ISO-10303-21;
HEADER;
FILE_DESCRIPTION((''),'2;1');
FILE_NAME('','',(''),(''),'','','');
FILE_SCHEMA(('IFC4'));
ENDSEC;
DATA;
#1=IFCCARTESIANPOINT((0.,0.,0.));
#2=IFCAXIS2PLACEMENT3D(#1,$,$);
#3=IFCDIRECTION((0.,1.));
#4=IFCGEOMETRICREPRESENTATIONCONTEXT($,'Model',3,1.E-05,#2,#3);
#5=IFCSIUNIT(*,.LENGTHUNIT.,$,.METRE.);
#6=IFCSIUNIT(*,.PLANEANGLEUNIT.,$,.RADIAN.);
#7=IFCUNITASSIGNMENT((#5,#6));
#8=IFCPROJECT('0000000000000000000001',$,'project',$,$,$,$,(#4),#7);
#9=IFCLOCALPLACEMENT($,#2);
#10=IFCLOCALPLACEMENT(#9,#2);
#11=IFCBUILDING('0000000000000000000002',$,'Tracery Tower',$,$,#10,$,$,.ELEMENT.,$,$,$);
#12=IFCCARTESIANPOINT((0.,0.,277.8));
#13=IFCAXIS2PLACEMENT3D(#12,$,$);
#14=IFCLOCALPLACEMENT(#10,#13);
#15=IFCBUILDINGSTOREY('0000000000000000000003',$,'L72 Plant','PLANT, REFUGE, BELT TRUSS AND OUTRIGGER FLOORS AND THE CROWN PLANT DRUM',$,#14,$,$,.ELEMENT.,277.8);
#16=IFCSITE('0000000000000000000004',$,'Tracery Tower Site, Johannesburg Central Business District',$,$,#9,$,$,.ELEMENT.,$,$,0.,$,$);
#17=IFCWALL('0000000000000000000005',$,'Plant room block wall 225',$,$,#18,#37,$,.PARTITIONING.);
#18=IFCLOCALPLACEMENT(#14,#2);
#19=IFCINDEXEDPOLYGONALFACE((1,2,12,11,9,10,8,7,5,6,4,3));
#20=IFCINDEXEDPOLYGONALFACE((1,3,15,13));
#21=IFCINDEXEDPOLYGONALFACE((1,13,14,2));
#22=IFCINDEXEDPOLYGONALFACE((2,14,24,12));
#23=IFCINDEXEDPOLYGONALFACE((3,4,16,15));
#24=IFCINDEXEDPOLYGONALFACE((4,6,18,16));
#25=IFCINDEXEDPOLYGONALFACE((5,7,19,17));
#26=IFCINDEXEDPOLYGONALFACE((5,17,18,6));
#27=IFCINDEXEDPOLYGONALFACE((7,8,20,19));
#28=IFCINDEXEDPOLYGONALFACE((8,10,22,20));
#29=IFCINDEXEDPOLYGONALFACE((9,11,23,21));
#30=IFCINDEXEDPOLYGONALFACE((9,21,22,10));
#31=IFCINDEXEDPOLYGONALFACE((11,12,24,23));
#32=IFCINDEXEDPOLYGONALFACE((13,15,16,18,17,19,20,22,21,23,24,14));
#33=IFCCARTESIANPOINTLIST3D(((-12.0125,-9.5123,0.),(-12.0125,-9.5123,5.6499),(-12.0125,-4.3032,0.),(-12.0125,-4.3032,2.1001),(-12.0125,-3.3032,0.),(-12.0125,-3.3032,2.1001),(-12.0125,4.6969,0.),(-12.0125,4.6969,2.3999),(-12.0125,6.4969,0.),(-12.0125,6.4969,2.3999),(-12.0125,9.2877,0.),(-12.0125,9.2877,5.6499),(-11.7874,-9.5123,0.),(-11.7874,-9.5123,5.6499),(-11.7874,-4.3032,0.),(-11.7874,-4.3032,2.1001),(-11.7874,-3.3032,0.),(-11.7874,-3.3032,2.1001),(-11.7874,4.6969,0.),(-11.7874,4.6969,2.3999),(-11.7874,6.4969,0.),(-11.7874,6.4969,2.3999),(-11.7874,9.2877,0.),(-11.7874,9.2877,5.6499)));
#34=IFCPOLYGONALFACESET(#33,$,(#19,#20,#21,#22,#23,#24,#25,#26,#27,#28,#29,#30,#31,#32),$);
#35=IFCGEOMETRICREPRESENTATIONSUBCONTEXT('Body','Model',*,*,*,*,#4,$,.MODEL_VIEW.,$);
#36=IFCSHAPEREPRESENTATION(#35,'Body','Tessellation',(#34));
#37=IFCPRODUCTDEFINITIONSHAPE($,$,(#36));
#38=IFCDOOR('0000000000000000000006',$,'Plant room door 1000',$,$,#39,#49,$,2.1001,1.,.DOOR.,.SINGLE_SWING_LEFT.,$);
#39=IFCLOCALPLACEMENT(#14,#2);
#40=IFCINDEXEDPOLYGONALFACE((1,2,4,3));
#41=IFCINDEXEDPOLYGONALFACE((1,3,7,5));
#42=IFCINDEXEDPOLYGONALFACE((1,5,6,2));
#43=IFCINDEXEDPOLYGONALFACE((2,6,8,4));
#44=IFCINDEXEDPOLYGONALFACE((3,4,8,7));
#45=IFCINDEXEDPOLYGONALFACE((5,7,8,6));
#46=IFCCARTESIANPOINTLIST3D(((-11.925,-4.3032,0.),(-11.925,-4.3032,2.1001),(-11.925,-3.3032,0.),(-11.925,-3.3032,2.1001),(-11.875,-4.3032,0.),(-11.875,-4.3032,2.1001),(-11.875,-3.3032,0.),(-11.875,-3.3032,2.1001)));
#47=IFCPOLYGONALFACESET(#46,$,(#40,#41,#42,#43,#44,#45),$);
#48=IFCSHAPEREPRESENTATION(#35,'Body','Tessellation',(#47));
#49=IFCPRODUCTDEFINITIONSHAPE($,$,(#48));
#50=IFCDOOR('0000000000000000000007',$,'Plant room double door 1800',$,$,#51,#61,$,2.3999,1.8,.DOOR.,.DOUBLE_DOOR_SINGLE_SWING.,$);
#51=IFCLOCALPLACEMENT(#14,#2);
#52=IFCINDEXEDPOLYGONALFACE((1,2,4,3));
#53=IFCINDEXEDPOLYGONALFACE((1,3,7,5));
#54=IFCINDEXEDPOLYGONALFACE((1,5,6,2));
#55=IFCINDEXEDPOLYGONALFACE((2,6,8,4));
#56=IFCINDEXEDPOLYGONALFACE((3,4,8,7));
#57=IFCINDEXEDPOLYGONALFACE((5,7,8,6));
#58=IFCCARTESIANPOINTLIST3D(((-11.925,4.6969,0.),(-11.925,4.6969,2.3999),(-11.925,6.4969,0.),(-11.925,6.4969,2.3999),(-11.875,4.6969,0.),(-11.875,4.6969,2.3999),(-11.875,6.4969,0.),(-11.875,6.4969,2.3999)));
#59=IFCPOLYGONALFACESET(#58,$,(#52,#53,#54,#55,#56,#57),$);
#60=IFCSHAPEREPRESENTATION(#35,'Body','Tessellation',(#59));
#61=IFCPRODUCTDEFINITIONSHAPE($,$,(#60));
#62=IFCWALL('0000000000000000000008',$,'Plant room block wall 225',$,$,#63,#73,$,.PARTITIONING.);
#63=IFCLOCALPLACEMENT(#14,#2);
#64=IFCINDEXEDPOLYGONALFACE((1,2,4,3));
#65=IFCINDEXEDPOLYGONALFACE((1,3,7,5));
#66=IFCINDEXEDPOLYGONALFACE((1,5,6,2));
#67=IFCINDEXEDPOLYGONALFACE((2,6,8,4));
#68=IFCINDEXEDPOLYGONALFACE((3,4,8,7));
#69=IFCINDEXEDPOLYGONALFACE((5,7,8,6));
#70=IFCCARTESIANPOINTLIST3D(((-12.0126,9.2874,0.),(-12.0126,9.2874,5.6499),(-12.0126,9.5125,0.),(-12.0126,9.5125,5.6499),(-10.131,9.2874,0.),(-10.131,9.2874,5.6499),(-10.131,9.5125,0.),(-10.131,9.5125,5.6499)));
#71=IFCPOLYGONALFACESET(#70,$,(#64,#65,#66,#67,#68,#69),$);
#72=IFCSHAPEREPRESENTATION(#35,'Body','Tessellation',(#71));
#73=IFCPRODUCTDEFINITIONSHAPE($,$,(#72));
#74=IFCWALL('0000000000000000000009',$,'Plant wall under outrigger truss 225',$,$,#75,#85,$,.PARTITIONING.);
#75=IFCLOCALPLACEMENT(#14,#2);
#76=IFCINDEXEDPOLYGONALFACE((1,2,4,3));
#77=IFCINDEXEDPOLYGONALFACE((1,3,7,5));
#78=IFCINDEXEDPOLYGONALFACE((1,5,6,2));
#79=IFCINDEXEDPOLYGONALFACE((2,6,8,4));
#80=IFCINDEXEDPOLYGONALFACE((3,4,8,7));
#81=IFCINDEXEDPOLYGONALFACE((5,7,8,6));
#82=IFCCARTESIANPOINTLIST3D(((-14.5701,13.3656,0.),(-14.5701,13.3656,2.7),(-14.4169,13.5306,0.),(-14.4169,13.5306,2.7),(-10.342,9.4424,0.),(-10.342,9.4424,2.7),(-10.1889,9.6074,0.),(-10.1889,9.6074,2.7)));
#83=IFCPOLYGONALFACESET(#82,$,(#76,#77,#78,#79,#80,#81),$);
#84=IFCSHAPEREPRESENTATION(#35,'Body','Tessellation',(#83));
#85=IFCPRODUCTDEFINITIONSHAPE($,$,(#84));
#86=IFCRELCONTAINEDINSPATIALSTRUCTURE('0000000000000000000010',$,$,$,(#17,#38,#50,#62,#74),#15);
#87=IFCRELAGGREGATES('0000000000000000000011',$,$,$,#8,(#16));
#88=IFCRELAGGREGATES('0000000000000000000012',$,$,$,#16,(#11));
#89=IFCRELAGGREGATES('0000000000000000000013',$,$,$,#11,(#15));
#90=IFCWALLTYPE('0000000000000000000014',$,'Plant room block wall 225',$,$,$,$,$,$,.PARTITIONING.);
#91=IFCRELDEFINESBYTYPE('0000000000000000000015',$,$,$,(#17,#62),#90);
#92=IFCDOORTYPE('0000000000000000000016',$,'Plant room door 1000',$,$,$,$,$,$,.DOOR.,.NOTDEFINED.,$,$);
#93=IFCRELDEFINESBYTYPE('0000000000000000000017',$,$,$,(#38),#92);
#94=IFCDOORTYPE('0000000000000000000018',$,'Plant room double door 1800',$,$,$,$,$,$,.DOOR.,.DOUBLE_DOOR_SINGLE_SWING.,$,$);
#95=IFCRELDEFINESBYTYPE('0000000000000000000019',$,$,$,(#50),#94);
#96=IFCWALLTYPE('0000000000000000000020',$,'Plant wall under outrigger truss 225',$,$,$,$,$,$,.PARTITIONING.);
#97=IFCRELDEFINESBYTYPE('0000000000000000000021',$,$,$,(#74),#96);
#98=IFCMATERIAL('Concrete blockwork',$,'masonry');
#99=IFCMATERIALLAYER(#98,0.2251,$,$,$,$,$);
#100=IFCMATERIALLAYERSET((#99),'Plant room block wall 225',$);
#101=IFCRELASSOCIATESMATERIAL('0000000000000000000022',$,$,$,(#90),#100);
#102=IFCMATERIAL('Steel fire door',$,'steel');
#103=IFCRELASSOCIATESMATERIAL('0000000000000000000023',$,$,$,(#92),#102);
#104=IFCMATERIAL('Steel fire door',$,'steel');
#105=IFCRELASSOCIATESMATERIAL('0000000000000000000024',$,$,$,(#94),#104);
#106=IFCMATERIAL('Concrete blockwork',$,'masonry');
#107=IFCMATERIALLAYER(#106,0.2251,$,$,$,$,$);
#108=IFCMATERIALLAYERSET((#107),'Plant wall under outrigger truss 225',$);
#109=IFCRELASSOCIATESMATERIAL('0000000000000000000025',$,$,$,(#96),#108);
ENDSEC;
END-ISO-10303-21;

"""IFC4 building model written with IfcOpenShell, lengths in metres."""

from ifc_helpers import new_model, si_unit, direction, frame, frame_2d, origin, place, context, subcontext, project, spatial, rectangle, extrude, material, layer, layer_set, type_object, element, fill, save


model = new_model("IFC4")

# Units and contexts
model_context = context("Model", 3, precision=1e-05, world=origin(), true_north=direction((0.0, 1.0)))
body_context = subcontext(model_context, "Body", "Model", "MODEL_VIEW")
ifc_project = project(units=[si_unit("LENGTHUNIT", "METRE"), si_unit("PLANEANGLEUNIT", "RADIAN")], contexts=[model_context])

# Site, building, storey
site_placement = place(None, origin())
site = spatial("IfcSite", under=ifc_project, at=site_placement, Name="Tracery Tower Site, Johannesburg Central Business District", CompositionType="ELEMENT", RefElevation=0.0)
building_placement = place(site_placement, origin())
building = spatial("IfcBuilding", under=site, at=building_placement, Name="Tracery Tower", CompositionType="ELEMENT")
storey_placement = place(building_placement, frame((0.0, 0.0, 277.8)))
storey = spatial("IfcBuildingStorey", under=building, at=storey_placement, Name="L72 Plant", Description="PLANT, REFUGE, BELT TRUSS AND OUTRIGGER FLOORS AND THE CROWN PLANT DRUM", CompositionType="ELEMENT", Elevation=277.8)

# Wall, openings, doors
ifc_material_1 = material(Name="Concrete blockwork", Category="masonry")
ifc_layer_1 = layer(ifc_material_1, 0.2251)
ifc_layer_set_1 = layer_set([ifc_layer_1], Name="Plant room block wall 225")
wall_type_1 = type_object("IfcWallType", Name="Plant room block wall 225", PredefinedType="PARTITIONING", material=ifc_layer_set_1)
wall_1_placement = place(storey_placement, frame((-11.8999, 9.2876, 0.0), z_axis=(0.0, 0.0, 1.0), x_axis=(0.0, -1.0, 0.0)))
wall_1 = element("IfcWall", 1, at=wall_1_placement, inside=storey, type_object=wall_type_1, Name="Plant room block wall 225", PredefinedType="PARTITIONING", context=body_context, shape_type="SweptSolid", body=[
    extrude(rectangle(XDim=18.8, YDim=0.2251, at=frame_2d((9.3999, 0.0))), origin(), (0.0, 0.0, 1.0), 5.6499),
])
opening_1_placement = place(wall_1_placement, frame((2.7908, 0.0, 0.0)))
opening_1 = element("IfcOpeningElement", 2, at=opening_1_placement, cuts=wall_1, PredefinedType="OPENING", context=body_context, shape_type="SweptSolid", body=[
    extrude(rectangle(XDim=1.8, YDim=2.3999, at=frame_2d((0.8999, 1.2))), frame((0.0, 0.1125, 0.0), z_axis=(0.0, -1.0, 0.0), x_axis=(1.0, 0.0, 0.0)), (0.0, 0.0, 1.0), 0.2251),
])
opening_2_placement = place(wall_1_placement, frame((12.5908, 0.0, 0.0)))
opening_2 = element("IfcOpeningElement", 3, at=opening_2_placement, cuts=wall_1, PredefinedType="OPENING", context=body_context, shape_type="SweptSolid", body=[
    extrude(rectangle(XDim=1.0, YDim=2.1001, at=frame_2d((0.5, 1.05))), frame((0.0, 0.1125, 0.0), z_axis=(0.0, -1.0, 0.0), x_axis=(1.0, 0.0, 0.0)), (0.0, 0.0, 1.0), 0.2251),
])
ifc_material_2 = material(Name="Steel fire door", Category="steel")
door_type_1 = type_object("IfcDoorType", Name="Plant room door 1000", OperationType="NOTDEFINED", PredefinedType="DOOR", material=ifc_material_2)
door_1_placement = place(opening_2_placement, origin())
door_1 = element("IfcDoor", 4, at=door_1_placement, inside=storey, type_object=door_type_1, Name="Plant room door 1000", OperationType="SINGLE_SWING_LEFT", OverallHeight=2.1001, OverallWidth=1.0, PredefinedType="DOOR", context=body_context, shape_type="SweptSolid", body=[
    extrude(rectangle(XDim=1.0, YDim=2.1001, at=frame_2d((0.5, 1.05))), frame((0.0, 0.0249, 0.0), z_axis=(0.0, -1.0, 0.0), x_axis=(1.0, 0.0, 0.0)), (0.0, 0.0, 1.0), 0.05),
])
fill(opening_2, door_1)
ifc_material_3 = material(Name="Steel fire door", Category="steel")
door_type_2 = type_object("IfcDoorType", Name="Plant room double door 1800", OperationType="DOUBLE_DOOR_SINGLE_SWING", PredefinedType="DOOR", material=ifc_material_3)
door_2_placement = place(opening_1_placement, origin())
door_2 = element("IfcDoor", 5, at=door_2_placement, inside=storey, type_object=door_type_2, Name="Plant room double door 1800", OperationType="DOUBLE_DOOR_SINGLE_SWING", OverallHeight=2.3999, OverallWidth=1.8, PredefinedType="DOOR", context=body_context, shape_type="SweptSolid", body=[
    extrude(rectangle(XDim=1.8, YDim=2.3999, at=frame_2d((0.8999, 1.2))), frame((0.0, 0.0249, 0.0), z_axis=(0.0, -1.0, 0.0), x_axis=(1.0, 0.0, 0.0)), (0.0, 0.0, 1.0), 0.05),
])
fill(opening_1, door_2)

# Walls
wall_2_placement = place(storey_placement, frame((-10.1309, 9.3999, 0.0), z_axis=(0.0, 0.0, 1.0), x_axis=(-1.0, 0.0, 0.0)))
element("IfcWall", 6, at=wall_2_placement, inside=storey, type_object=wall_type_1, Name="Plant room block wall 225", PredefinedType="PARTITIONING", context=body_context, shape_type="SweptSolid", body=[
    extrude(rectangle(XDim=1.8816, YDim=0.2251, at=frame_2d((0.9409, 0.0))), origin(), (0.0, 0.0, 1.0), 5.6499),
])
ifc_material_4 = material(Name="Concrete blockwork", Category="masonry")
ifc_layer_2 = layer(ifc_material_4, 0.2251)
ifc_layer_set_2 = layer_set([ifc_layer_2], Name="Plant wall under outrigger truss 225")
wall_type_2 = type_object("IfcWallType", Name="Plant wall under outrigger truss 225", PredefinedType="PARTITIONING", material=ifc_layer_set_2)
wall_3_placement = place(storey_placement, frame((-14.4934, 13.448, 0.0), z_axis=(0.0, 0.0, 1.0), x_axis=(0.733047, -0.680178, 0.0)))
element("IfcWall", 7, at=wall_3_placement, inside=storey, type_object=wall_type_2, Name="Plant wall under outrigger truss 225", PredefinedType="PARTITIONING", context=body_context, shape_type="SweptSolid", body=[
    extrude(rectangle(XDim=5.7678, YDim=0.2251, at=frame_2d((2.8838, 0.0))), origin(), (0.0, 0.0, 1.0), 2.7),
])

save(model, "model.ifc")
